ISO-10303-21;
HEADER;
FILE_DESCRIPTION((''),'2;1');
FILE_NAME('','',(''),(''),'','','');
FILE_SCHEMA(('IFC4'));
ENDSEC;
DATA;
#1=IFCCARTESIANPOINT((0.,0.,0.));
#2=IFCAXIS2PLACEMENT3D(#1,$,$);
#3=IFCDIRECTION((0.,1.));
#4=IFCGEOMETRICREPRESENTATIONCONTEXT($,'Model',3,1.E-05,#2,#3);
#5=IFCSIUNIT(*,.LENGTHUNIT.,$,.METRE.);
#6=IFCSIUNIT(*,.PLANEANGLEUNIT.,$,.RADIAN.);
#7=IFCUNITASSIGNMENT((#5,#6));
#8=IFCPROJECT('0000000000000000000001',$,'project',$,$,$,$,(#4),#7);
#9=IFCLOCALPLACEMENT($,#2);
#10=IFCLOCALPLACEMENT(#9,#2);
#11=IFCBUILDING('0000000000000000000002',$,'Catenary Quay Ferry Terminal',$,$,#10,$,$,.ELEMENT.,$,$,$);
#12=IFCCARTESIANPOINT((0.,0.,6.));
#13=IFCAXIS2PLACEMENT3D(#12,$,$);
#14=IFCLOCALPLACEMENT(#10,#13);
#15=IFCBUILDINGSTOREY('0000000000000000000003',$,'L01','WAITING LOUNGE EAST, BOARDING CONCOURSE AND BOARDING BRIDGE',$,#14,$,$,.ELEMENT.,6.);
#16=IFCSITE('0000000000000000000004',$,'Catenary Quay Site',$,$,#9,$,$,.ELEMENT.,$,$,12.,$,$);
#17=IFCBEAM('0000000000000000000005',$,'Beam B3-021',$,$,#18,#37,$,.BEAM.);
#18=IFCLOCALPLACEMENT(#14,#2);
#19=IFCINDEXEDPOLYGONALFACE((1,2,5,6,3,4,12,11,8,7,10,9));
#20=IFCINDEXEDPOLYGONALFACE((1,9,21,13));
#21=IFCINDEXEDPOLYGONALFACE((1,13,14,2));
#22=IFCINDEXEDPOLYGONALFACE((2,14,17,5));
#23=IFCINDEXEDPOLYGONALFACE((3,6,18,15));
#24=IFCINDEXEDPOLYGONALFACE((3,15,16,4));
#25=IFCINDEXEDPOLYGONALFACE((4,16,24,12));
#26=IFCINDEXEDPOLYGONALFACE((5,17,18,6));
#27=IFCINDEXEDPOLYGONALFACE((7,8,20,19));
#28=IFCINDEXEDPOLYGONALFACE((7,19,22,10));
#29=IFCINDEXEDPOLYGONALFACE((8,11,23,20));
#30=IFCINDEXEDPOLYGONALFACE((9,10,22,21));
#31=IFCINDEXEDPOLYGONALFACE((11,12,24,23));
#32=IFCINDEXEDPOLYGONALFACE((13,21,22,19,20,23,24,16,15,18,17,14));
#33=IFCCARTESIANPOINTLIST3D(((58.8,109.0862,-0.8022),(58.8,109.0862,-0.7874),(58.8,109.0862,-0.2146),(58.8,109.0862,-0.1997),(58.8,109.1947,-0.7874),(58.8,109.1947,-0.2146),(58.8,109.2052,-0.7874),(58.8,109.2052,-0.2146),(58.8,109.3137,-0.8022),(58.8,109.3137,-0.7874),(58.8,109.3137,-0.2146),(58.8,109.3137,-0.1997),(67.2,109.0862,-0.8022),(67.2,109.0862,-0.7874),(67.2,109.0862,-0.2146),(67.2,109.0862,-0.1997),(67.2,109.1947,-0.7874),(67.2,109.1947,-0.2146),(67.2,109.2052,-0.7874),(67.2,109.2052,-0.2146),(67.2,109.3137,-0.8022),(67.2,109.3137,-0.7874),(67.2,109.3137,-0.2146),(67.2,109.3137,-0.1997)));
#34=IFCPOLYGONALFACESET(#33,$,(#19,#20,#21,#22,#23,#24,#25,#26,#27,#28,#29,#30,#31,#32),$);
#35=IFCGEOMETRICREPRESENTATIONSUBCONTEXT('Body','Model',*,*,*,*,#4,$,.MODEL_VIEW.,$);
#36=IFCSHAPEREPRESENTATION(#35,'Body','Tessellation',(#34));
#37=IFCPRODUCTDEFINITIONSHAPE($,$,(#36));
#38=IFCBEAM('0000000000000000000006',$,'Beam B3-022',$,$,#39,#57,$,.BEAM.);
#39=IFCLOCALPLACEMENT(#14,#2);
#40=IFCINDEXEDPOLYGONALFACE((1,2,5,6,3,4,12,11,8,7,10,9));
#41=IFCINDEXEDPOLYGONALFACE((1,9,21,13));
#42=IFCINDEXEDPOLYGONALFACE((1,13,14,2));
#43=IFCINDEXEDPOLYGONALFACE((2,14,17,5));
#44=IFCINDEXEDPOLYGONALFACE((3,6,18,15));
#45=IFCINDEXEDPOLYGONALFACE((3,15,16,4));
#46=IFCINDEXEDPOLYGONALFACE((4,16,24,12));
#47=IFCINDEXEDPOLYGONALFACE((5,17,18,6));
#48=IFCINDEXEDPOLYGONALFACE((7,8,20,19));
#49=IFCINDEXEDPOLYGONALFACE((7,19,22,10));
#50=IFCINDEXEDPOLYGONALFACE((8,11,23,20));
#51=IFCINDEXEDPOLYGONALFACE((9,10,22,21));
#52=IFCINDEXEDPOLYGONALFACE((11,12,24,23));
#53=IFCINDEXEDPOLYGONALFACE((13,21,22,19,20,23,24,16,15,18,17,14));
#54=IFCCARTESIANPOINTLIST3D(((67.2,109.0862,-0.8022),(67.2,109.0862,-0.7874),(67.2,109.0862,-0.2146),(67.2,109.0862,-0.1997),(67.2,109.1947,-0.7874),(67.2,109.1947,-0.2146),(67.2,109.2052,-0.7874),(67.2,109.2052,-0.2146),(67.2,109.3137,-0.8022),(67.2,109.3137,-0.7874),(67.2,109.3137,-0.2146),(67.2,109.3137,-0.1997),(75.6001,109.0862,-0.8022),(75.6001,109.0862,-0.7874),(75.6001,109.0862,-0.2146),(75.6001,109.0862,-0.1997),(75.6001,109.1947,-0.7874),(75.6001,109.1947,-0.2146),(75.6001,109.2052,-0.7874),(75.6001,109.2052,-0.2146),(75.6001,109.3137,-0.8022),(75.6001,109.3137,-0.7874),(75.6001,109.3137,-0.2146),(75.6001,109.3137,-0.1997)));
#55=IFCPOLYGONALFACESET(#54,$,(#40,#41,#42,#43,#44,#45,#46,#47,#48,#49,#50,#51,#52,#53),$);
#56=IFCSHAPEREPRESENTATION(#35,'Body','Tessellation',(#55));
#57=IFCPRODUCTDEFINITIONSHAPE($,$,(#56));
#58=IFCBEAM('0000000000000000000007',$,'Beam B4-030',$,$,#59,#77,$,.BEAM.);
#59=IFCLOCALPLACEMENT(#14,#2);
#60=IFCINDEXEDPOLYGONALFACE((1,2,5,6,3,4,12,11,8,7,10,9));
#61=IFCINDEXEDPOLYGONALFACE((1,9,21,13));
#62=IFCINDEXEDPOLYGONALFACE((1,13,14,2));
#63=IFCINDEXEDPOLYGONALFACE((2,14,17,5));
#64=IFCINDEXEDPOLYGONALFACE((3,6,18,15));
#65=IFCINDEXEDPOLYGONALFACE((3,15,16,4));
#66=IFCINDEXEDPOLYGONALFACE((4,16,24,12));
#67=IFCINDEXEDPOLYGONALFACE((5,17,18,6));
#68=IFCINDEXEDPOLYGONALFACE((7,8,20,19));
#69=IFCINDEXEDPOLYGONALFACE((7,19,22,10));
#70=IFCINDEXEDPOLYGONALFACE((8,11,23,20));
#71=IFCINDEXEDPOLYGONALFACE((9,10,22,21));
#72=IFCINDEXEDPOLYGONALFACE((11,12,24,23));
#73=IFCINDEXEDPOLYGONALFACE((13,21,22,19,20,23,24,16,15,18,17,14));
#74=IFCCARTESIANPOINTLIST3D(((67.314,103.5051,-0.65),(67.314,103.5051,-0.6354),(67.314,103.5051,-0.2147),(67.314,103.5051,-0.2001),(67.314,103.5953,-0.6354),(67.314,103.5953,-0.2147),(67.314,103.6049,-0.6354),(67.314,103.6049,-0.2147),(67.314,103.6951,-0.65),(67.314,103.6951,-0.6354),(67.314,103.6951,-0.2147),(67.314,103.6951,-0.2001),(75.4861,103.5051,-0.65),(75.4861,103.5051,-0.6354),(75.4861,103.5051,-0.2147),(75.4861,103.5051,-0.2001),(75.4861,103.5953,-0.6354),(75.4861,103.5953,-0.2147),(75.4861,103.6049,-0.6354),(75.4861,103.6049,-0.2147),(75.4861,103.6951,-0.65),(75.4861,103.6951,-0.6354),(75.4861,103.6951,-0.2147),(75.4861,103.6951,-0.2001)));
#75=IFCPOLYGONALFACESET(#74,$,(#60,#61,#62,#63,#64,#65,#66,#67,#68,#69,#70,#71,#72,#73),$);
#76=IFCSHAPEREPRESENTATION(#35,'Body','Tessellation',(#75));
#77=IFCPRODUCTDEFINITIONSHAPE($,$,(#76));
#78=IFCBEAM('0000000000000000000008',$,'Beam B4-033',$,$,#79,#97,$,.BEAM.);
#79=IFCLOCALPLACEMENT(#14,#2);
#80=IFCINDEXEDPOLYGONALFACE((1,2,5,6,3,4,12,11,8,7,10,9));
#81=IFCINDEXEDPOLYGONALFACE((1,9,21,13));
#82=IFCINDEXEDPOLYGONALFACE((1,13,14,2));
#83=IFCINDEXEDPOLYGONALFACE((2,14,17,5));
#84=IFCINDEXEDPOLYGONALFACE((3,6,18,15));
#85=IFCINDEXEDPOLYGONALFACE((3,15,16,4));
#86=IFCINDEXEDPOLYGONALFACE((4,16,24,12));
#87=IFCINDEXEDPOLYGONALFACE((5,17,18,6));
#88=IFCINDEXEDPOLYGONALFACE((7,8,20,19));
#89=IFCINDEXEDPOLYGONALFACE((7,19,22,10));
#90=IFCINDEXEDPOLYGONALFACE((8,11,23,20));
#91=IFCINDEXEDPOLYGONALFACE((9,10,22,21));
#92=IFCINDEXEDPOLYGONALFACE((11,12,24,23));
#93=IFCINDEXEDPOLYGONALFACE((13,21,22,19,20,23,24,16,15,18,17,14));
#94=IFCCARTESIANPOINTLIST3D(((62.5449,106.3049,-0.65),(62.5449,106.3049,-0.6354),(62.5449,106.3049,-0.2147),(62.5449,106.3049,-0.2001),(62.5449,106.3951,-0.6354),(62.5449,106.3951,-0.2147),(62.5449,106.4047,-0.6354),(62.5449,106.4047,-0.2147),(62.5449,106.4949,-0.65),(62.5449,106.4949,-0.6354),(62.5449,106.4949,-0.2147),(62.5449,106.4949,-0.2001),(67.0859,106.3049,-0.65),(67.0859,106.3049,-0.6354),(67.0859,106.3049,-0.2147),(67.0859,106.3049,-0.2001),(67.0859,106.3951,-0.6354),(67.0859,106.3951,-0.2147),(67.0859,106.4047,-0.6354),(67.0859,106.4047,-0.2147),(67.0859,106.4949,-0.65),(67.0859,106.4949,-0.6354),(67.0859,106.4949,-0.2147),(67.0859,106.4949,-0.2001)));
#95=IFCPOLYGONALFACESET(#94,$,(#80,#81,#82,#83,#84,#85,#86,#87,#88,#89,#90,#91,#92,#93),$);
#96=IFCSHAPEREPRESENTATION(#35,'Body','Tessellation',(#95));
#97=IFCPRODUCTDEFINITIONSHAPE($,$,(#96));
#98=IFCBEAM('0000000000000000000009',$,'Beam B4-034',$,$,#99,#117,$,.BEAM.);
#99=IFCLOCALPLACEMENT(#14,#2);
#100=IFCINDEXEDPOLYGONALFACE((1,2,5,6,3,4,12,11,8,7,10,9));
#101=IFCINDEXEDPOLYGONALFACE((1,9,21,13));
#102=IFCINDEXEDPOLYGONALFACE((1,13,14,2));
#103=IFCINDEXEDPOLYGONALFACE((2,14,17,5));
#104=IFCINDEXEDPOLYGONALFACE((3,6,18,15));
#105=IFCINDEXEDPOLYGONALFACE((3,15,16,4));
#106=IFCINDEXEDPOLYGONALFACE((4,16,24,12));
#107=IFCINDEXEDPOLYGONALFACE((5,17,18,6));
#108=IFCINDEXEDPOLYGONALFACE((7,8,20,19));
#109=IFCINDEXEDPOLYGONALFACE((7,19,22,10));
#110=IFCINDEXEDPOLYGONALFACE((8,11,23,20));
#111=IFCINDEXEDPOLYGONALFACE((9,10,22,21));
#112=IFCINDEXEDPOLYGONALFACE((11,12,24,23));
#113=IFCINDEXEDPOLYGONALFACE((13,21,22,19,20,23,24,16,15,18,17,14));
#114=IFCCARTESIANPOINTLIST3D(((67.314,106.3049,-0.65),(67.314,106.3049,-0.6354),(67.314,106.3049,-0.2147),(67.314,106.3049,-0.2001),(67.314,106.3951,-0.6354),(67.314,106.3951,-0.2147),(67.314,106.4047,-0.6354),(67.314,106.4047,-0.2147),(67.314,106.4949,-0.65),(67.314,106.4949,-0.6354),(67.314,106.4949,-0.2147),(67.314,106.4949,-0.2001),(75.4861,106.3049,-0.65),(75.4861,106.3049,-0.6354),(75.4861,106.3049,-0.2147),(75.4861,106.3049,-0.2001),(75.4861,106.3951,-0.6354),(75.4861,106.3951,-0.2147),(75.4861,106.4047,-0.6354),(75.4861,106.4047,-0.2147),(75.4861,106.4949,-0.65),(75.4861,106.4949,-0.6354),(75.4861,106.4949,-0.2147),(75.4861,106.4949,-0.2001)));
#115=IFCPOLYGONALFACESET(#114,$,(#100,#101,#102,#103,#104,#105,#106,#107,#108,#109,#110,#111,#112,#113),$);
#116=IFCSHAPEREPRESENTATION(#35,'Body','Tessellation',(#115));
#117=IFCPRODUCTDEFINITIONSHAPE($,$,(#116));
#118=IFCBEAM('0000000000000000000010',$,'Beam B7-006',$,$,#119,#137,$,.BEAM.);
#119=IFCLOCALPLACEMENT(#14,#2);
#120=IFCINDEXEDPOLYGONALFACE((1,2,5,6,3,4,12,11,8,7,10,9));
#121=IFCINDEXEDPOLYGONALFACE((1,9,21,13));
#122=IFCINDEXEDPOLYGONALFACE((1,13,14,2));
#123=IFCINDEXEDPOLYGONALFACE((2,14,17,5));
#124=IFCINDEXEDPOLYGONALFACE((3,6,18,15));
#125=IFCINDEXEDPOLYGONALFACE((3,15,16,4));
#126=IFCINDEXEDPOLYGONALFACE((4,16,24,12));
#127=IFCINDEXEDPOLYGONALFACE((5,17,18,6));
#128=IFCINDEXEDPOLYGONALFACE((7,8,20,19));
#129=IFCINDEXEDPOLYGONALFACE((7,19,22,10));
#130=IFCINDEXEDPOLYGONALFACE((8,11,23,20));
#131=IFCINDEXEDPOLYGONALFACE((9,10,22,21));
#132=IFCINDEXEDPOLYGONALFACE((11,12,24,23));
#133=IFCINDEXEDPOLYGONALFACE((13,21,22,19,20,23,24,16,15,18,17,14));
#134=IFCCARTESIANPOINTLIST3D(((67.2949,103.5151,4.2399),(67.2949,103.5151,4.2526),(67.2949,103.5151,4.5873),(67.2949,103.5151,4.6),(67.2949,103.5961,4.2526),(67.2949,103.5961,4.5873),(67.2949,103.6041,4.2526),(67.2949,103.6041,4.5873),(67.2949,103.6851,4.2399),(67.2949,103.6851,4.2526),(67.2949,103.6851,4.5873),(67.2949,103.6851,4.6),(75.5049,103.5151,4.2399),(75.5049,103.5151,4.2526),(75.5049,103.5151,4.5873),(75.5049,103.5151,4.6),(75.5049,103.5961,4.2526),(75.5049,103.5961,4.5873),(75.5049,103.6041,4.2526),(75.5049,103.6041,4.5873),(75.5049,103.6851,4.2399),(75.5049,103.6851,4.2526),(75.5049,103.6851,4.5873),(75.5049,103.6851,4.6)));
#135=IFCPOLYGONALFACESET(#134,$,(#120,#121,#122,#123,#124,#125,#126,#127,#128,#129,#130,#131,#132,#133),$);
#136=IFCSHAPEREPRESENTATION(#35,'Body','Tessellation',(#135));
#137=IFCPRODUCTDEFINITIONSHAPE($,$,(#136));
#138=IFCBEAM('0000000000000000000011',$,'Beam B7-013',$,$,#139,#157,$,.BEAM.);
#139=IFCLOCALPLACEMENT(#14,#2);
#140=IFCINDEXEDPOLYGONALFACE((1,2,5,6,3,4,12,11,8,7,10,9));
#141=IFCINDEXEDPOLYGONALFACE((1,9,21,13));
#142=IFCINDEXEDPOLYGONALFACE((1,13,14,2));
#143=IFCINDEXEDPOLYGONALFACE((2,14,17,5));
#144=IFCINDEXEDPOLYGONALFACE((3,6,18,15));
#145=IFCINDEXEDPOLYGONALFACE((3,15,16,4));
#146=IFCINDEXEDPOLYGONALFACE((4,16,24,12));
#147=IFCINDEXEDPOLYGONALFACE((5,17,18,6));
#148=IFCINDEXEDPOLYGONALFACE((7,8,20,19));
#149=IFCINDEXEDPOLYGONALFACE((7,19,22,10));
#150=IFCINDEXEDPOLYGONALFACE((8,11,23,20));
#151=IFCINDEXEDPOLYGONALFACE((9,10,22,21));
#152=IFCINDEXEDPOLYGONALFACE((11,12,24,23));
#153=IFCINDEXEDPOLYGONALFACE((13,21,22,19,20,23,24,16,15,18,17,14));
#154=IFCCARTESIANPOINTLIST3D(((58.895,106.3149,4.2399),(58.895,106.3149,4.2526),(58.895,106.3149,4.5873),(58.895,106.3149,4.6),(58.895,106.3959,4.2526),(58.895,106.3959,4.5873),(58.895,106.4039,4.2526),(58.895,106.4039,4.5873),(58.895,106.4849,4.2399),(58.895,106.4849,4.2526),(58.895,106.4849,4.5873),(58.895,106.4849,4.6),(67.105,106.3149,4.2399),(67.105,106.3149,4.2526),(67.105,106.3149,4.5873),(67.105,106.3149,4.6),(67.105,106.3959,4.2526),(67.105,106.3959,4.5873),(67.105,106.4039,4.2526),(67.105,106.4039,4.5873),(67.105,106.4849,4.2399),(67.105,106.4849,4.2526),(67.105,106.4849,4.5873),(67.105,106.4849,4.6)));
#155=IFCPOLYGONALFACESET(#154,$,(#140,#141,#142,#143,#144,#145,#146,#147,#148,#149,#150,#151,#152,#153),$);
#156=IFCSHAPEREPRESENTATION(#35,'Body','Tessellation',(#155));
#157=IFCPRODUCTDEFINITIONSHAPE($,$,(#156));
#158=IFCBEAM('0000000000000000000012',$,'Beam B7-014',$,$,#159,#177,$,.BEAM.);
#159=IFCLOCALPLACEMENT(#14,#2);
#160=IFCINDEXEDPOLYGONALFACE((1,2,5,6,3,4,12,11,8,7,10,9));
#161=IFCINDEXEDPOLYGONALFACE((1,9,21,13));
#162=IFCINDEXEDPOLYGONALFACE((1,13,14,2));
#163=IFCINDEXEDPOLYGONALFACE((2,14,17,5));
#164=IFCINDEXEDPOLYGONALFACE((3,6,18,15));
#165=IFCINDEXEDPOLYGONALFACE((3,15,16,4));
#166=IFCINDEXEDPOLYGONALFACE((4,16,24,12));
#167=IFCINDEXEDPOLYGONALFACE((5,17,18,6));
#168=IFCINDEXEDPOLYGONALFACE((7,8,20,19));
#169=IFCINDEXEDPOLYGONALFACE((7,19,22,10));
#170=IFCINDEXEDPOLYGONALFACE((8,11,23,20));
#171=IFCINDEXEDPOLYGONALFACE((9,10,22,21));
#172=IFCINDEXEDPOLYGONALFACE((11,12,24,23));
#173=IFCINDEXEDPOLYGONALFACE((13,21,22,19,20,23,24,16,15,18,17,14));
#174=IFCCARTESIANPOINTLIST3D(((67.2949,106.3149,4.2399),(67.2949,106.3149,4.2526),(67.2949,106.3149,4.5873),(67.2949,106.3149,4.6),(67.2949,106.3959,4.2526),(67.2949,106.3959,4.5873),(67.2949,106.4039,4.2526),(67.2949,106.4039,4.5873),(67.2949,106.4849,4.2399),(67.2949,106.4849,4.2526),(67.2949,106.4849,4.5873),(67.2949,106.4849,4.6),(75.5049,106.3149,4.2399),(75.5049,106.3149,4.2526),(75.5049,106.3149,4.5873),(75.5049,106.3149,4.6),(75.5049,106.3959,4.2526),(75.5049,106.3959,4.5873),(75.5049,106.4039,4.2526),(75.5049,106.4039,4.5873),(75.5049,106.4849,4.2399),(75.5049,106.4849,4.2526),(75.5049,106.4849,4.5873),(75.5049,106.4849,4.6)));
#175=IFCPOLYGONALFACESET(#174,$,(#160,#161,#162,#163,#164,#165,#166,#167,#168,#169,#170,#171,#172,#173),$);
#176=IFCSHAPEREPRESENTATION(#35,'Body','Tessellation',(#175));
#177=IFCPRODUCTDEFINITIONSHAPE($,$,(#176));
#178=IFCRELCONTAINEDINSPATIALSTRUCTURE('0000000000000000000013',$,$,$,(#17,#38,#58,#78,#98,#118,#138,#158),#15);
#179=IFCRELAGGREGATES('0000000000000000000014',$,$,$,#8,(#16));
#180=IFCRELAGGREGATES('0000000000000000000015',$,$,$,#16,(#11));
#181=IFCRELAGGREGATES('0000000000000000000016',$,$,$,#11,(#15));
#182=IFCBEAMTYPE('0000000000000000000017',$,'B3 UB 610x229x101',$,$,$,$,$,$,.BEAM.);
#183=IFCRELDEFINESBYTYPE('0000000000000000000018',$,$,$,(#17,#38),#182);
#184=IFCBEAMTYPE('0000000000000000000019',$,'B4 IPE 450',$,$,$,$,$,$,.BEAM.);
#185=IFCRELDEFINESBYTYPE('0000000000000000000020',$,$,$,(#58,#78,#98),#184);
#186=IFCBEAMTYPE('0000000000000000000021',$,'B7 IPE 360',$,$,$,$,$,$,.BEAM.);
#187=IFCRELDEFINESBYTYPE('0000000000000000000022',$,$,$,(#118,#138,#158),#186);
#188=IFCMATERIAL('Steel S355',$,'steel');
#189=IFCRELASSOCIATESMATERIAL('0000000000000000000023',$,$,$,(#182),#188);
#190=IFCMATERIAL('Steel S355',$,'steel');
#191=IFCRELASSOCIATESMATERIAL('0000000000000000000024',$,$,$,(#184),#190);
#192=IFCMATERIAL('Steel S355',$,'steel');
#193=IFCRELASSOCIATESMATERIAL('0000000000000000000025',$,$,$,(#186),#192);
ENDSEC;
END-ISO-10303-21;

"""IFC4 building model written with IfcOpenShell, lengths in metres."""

from ifc_helpers import new_model, si_unit, direction, frame, origin, origin_2d, place, context, subcontext, project, spatial, i_section, extrude, material, material_profile, profile_set, type_object, element, save


model = new_model("IFC4")

# Units and contexts
model_context = context("Model", 3, precision=1e-05, world=origin(), true_north=direction((0.0, 1.0)))
body_context = subcontext(model_context, "Body", "Model", "MODEL_VIEW")
ifc_project = project(units=[si_unit("LENGTHUNIT", "METRE"), si_unit("PLANEANGLEUNIT", "RADIAN")], contexts=[model_context])

# Site, building, storey
site_placement = place(None, origin())
site = spatial("IfcSite", under=ifc_project, at=site_placement, Name="Catenary Quay Site", CompositionType="ELEMENT", RefElevation=12.0)
building_placement = place(site_placement, origin())
building = spatial("IfcBuilding", under=site, at=building_placement, Name="Catenary Quay Ferry Terminal", CompositionType="ELEMENT")
storey_placement = place(building_placement, frame((0.0, 0.0, 6.0)))
storey = spatial("IfcBuildingStorey", under=building, at=storey_placement, Name="L01", Description="WAITING LOUNGE EAST, BOARDING CONCOURSE AND BOARDING BRIDGE", CompositionType="ELEMENT", Elevation=6.0)

# Beams
ifc_material_1 = material(Name="Steel S355", Category="steel")
ifc_material_profile_1 = material_profile(ifc_material_1, i_section(OverallWidth=0.2275, OverallDepth=0.6025, WebThickness=0.0105, FlangeThickness=0.0149, at=origin_2d()), Name="UB 610x229x101")
ifc_profile_set_1 = profile_set([ifc_material_profile_1], Name="Steel S355")
beam_type_1 = type_object("IfcBeamType", Name="B3 UB 610x229x101", PredefinedType="BEAM", material=ifc_profile_set_1)
beam_1_placement = place(storey_placement, frame((58.8, 109.2, -0.501), z_axis=(1.0, 0.0, 0.0), x_axis=(0.0, 1.0, 0.0)))
element("IfcBeam", 1, at=beam_1_placement, inside=storey, type_object=beam_type_1, Name="Beam B3-021", PredefinedType="BEAM", context=body_context, shape_type="SweptSolid", body=[
    extrude(i_section(OverallWidth=0.2275, OverallDepth=0.6025, WebThickness=0.0105, FlangeThickness=0.0149, at=origin_2d()), origin(), (0.0, 0.0, 1.0), 8.3999),
])
beam_2_placement = place(storey_placement, frame((67.2, 109.2, -0.501), z_axis=(1.0, 0.0, 0.0), x_axis=(0.0, 1.0, 0.0)))
element("IfcBeam", 2, at=beam_2_placement, inside=storey, type_object=beam_type_1, Name="Beam B3-022", PredefinedType="BEAM", context=body_context, shape_type="SweptSolid", body=[
    extrude(i_section(OverallWidth=0.2275, OverallDepth=0.6025, WebThickness=0.0105, FlangeThickness=0.0149, at=origin_2d()), origin(), (0.0, 0.0, 1.0), 8.4001),
])
ifc_material_2 = material(Name="Steel S355", Category="steel")
ifc_material_profile_2 = material_profile(ifc_material_2, i_section(OverallWidth=0.1899, OverallDepth=0.45, WebThickness=0.0095, FlangeThickness=0.0146, at=origin_2d()), Name="IPE 450")
ifc_profile_set_2 = profile_set([ifc_material_profile_2], Name="Steel S355")
beam_type_2 = type_object("IfcBeamType", Name="B4 IPE 450", PredefinedType="BEAM", material=ifc_profile_set_2)
beam_3_placement = place(storey_placement, frame((67.314, 103.6001, -0.425), z_axis=(1.0, 0.0, 0.0), x_axis=(0.0, 1.0, 0.0)))
element("IfcBeam", 3, at=beam_3_placement, inside=storey, type_object=beam_type_2, Name="Beam B4-030", PredefinedType="BEAM", context=body_context, shape_type="SweptSolid", body=[
    extrude(i_section(OverallWidth=0.1899, OverallDepth=0.45, WebThickness=0.0095, FlangeThickness=0.0146, at=origin_2d()), origin(), (0.0, 0.0, 1.0), 8.1721),
])
beam_4_placement = place(storey_placement, frame((62.5449, 106.3999, -0.425), z_axis=(1.0, 0.0, 0.0), x_axis=(0.0, 1.0, 0.0)))
element("IfcBeam", 4, at=beam_4_placement, inside=storey, type_object=beam_type_2, Name="Beam B4-033", PredefinedType="BEAM", context=body_context, shape_type="SweptSolid", body=[
    extrude(i_section(OverallWidth=0.1899, OverallDepth=0.45, WebThickness=0.0095, FlangeThickness=0.0146, at=origin_2d()), origin(), (0.0, 0.0, 1.0), 4.541),
])
beam_5_placement = place(storey_placement, frame((67.314, 106.3999, -0.425), z_axis=(1.0, 0.0, 0.0), x_axis=(0.0, 1.0, 0.0)))
element("IfcBeam", 5, at=beam_5_placement, inside=storey, type_object=beam_type_2, Name="Beam B4-034", PredefinedType="BEAM", context=body_context, shape_type="SweptSolid", body=[
    extrude(i_section(OverallWidth=0.1899, OverallDepth=0.45, WebThickness=0.0095, FlangeThickness=0.0146, at=origin_2d()), origin(), (0.0, 0.0, 1.0), 8.1721),
])
ifc_material_3 = material(Name="Steel S355", Category="steel")
ifc_material_profile_3 = material_profile(ifc_material_3, i_section(OverallWidth=0.1699, OverallDepth=0.3601, WebThickness=0.0081, FlangeThickness=0.0127, at=origin_2d()), Name="IPE 360")
ifc_profile_set_3 = profile_set([ifc_material_profile_3], Name="Steel S355")
beam_type_3 = type_object("IfcBeamType", Name="B7 IPE 360", PredefinedType="BEAM", material=ifc_profile_set_3)
for number, where, z_axis, x_axis, name in (
    (6, (67.2949, 103.6001, 4.4199), (1.0, 0.0, 0.0), (0.0, 1.0, 0.0), "Beam B7-006"),
    (7, (58.895, 106.3999, 4.4199), (1.0, 0.0, 0.0), (0.0, 1.0, 0.0), "Beam B7-013"),
    (8, (67.2949, 106.3999, 4.4199), (1.0, 0.0, 0.0), (0.0, 1.0, 0.0), "Beam B7-014"),
):
    element("IfcBeam", number, at=place(storey_placement, frame(where, z_axis=z_axis, x_axis=x_axis)), inside=storey, type_object=beam_type_3, Name=name, PredefinedType="BEAM", context=body_context, shape_type="SweptSolid", body=[
        extrude(i_section(OverallWidth=0.1699, OverallDepth=0.3601, WebThickness=0.0081, FlangeThickness=0.0127, at=origin_2d()), origin(), (0.0, 0.0, 1.0), 8.21),
    ])

save(model, "model.ifc")
